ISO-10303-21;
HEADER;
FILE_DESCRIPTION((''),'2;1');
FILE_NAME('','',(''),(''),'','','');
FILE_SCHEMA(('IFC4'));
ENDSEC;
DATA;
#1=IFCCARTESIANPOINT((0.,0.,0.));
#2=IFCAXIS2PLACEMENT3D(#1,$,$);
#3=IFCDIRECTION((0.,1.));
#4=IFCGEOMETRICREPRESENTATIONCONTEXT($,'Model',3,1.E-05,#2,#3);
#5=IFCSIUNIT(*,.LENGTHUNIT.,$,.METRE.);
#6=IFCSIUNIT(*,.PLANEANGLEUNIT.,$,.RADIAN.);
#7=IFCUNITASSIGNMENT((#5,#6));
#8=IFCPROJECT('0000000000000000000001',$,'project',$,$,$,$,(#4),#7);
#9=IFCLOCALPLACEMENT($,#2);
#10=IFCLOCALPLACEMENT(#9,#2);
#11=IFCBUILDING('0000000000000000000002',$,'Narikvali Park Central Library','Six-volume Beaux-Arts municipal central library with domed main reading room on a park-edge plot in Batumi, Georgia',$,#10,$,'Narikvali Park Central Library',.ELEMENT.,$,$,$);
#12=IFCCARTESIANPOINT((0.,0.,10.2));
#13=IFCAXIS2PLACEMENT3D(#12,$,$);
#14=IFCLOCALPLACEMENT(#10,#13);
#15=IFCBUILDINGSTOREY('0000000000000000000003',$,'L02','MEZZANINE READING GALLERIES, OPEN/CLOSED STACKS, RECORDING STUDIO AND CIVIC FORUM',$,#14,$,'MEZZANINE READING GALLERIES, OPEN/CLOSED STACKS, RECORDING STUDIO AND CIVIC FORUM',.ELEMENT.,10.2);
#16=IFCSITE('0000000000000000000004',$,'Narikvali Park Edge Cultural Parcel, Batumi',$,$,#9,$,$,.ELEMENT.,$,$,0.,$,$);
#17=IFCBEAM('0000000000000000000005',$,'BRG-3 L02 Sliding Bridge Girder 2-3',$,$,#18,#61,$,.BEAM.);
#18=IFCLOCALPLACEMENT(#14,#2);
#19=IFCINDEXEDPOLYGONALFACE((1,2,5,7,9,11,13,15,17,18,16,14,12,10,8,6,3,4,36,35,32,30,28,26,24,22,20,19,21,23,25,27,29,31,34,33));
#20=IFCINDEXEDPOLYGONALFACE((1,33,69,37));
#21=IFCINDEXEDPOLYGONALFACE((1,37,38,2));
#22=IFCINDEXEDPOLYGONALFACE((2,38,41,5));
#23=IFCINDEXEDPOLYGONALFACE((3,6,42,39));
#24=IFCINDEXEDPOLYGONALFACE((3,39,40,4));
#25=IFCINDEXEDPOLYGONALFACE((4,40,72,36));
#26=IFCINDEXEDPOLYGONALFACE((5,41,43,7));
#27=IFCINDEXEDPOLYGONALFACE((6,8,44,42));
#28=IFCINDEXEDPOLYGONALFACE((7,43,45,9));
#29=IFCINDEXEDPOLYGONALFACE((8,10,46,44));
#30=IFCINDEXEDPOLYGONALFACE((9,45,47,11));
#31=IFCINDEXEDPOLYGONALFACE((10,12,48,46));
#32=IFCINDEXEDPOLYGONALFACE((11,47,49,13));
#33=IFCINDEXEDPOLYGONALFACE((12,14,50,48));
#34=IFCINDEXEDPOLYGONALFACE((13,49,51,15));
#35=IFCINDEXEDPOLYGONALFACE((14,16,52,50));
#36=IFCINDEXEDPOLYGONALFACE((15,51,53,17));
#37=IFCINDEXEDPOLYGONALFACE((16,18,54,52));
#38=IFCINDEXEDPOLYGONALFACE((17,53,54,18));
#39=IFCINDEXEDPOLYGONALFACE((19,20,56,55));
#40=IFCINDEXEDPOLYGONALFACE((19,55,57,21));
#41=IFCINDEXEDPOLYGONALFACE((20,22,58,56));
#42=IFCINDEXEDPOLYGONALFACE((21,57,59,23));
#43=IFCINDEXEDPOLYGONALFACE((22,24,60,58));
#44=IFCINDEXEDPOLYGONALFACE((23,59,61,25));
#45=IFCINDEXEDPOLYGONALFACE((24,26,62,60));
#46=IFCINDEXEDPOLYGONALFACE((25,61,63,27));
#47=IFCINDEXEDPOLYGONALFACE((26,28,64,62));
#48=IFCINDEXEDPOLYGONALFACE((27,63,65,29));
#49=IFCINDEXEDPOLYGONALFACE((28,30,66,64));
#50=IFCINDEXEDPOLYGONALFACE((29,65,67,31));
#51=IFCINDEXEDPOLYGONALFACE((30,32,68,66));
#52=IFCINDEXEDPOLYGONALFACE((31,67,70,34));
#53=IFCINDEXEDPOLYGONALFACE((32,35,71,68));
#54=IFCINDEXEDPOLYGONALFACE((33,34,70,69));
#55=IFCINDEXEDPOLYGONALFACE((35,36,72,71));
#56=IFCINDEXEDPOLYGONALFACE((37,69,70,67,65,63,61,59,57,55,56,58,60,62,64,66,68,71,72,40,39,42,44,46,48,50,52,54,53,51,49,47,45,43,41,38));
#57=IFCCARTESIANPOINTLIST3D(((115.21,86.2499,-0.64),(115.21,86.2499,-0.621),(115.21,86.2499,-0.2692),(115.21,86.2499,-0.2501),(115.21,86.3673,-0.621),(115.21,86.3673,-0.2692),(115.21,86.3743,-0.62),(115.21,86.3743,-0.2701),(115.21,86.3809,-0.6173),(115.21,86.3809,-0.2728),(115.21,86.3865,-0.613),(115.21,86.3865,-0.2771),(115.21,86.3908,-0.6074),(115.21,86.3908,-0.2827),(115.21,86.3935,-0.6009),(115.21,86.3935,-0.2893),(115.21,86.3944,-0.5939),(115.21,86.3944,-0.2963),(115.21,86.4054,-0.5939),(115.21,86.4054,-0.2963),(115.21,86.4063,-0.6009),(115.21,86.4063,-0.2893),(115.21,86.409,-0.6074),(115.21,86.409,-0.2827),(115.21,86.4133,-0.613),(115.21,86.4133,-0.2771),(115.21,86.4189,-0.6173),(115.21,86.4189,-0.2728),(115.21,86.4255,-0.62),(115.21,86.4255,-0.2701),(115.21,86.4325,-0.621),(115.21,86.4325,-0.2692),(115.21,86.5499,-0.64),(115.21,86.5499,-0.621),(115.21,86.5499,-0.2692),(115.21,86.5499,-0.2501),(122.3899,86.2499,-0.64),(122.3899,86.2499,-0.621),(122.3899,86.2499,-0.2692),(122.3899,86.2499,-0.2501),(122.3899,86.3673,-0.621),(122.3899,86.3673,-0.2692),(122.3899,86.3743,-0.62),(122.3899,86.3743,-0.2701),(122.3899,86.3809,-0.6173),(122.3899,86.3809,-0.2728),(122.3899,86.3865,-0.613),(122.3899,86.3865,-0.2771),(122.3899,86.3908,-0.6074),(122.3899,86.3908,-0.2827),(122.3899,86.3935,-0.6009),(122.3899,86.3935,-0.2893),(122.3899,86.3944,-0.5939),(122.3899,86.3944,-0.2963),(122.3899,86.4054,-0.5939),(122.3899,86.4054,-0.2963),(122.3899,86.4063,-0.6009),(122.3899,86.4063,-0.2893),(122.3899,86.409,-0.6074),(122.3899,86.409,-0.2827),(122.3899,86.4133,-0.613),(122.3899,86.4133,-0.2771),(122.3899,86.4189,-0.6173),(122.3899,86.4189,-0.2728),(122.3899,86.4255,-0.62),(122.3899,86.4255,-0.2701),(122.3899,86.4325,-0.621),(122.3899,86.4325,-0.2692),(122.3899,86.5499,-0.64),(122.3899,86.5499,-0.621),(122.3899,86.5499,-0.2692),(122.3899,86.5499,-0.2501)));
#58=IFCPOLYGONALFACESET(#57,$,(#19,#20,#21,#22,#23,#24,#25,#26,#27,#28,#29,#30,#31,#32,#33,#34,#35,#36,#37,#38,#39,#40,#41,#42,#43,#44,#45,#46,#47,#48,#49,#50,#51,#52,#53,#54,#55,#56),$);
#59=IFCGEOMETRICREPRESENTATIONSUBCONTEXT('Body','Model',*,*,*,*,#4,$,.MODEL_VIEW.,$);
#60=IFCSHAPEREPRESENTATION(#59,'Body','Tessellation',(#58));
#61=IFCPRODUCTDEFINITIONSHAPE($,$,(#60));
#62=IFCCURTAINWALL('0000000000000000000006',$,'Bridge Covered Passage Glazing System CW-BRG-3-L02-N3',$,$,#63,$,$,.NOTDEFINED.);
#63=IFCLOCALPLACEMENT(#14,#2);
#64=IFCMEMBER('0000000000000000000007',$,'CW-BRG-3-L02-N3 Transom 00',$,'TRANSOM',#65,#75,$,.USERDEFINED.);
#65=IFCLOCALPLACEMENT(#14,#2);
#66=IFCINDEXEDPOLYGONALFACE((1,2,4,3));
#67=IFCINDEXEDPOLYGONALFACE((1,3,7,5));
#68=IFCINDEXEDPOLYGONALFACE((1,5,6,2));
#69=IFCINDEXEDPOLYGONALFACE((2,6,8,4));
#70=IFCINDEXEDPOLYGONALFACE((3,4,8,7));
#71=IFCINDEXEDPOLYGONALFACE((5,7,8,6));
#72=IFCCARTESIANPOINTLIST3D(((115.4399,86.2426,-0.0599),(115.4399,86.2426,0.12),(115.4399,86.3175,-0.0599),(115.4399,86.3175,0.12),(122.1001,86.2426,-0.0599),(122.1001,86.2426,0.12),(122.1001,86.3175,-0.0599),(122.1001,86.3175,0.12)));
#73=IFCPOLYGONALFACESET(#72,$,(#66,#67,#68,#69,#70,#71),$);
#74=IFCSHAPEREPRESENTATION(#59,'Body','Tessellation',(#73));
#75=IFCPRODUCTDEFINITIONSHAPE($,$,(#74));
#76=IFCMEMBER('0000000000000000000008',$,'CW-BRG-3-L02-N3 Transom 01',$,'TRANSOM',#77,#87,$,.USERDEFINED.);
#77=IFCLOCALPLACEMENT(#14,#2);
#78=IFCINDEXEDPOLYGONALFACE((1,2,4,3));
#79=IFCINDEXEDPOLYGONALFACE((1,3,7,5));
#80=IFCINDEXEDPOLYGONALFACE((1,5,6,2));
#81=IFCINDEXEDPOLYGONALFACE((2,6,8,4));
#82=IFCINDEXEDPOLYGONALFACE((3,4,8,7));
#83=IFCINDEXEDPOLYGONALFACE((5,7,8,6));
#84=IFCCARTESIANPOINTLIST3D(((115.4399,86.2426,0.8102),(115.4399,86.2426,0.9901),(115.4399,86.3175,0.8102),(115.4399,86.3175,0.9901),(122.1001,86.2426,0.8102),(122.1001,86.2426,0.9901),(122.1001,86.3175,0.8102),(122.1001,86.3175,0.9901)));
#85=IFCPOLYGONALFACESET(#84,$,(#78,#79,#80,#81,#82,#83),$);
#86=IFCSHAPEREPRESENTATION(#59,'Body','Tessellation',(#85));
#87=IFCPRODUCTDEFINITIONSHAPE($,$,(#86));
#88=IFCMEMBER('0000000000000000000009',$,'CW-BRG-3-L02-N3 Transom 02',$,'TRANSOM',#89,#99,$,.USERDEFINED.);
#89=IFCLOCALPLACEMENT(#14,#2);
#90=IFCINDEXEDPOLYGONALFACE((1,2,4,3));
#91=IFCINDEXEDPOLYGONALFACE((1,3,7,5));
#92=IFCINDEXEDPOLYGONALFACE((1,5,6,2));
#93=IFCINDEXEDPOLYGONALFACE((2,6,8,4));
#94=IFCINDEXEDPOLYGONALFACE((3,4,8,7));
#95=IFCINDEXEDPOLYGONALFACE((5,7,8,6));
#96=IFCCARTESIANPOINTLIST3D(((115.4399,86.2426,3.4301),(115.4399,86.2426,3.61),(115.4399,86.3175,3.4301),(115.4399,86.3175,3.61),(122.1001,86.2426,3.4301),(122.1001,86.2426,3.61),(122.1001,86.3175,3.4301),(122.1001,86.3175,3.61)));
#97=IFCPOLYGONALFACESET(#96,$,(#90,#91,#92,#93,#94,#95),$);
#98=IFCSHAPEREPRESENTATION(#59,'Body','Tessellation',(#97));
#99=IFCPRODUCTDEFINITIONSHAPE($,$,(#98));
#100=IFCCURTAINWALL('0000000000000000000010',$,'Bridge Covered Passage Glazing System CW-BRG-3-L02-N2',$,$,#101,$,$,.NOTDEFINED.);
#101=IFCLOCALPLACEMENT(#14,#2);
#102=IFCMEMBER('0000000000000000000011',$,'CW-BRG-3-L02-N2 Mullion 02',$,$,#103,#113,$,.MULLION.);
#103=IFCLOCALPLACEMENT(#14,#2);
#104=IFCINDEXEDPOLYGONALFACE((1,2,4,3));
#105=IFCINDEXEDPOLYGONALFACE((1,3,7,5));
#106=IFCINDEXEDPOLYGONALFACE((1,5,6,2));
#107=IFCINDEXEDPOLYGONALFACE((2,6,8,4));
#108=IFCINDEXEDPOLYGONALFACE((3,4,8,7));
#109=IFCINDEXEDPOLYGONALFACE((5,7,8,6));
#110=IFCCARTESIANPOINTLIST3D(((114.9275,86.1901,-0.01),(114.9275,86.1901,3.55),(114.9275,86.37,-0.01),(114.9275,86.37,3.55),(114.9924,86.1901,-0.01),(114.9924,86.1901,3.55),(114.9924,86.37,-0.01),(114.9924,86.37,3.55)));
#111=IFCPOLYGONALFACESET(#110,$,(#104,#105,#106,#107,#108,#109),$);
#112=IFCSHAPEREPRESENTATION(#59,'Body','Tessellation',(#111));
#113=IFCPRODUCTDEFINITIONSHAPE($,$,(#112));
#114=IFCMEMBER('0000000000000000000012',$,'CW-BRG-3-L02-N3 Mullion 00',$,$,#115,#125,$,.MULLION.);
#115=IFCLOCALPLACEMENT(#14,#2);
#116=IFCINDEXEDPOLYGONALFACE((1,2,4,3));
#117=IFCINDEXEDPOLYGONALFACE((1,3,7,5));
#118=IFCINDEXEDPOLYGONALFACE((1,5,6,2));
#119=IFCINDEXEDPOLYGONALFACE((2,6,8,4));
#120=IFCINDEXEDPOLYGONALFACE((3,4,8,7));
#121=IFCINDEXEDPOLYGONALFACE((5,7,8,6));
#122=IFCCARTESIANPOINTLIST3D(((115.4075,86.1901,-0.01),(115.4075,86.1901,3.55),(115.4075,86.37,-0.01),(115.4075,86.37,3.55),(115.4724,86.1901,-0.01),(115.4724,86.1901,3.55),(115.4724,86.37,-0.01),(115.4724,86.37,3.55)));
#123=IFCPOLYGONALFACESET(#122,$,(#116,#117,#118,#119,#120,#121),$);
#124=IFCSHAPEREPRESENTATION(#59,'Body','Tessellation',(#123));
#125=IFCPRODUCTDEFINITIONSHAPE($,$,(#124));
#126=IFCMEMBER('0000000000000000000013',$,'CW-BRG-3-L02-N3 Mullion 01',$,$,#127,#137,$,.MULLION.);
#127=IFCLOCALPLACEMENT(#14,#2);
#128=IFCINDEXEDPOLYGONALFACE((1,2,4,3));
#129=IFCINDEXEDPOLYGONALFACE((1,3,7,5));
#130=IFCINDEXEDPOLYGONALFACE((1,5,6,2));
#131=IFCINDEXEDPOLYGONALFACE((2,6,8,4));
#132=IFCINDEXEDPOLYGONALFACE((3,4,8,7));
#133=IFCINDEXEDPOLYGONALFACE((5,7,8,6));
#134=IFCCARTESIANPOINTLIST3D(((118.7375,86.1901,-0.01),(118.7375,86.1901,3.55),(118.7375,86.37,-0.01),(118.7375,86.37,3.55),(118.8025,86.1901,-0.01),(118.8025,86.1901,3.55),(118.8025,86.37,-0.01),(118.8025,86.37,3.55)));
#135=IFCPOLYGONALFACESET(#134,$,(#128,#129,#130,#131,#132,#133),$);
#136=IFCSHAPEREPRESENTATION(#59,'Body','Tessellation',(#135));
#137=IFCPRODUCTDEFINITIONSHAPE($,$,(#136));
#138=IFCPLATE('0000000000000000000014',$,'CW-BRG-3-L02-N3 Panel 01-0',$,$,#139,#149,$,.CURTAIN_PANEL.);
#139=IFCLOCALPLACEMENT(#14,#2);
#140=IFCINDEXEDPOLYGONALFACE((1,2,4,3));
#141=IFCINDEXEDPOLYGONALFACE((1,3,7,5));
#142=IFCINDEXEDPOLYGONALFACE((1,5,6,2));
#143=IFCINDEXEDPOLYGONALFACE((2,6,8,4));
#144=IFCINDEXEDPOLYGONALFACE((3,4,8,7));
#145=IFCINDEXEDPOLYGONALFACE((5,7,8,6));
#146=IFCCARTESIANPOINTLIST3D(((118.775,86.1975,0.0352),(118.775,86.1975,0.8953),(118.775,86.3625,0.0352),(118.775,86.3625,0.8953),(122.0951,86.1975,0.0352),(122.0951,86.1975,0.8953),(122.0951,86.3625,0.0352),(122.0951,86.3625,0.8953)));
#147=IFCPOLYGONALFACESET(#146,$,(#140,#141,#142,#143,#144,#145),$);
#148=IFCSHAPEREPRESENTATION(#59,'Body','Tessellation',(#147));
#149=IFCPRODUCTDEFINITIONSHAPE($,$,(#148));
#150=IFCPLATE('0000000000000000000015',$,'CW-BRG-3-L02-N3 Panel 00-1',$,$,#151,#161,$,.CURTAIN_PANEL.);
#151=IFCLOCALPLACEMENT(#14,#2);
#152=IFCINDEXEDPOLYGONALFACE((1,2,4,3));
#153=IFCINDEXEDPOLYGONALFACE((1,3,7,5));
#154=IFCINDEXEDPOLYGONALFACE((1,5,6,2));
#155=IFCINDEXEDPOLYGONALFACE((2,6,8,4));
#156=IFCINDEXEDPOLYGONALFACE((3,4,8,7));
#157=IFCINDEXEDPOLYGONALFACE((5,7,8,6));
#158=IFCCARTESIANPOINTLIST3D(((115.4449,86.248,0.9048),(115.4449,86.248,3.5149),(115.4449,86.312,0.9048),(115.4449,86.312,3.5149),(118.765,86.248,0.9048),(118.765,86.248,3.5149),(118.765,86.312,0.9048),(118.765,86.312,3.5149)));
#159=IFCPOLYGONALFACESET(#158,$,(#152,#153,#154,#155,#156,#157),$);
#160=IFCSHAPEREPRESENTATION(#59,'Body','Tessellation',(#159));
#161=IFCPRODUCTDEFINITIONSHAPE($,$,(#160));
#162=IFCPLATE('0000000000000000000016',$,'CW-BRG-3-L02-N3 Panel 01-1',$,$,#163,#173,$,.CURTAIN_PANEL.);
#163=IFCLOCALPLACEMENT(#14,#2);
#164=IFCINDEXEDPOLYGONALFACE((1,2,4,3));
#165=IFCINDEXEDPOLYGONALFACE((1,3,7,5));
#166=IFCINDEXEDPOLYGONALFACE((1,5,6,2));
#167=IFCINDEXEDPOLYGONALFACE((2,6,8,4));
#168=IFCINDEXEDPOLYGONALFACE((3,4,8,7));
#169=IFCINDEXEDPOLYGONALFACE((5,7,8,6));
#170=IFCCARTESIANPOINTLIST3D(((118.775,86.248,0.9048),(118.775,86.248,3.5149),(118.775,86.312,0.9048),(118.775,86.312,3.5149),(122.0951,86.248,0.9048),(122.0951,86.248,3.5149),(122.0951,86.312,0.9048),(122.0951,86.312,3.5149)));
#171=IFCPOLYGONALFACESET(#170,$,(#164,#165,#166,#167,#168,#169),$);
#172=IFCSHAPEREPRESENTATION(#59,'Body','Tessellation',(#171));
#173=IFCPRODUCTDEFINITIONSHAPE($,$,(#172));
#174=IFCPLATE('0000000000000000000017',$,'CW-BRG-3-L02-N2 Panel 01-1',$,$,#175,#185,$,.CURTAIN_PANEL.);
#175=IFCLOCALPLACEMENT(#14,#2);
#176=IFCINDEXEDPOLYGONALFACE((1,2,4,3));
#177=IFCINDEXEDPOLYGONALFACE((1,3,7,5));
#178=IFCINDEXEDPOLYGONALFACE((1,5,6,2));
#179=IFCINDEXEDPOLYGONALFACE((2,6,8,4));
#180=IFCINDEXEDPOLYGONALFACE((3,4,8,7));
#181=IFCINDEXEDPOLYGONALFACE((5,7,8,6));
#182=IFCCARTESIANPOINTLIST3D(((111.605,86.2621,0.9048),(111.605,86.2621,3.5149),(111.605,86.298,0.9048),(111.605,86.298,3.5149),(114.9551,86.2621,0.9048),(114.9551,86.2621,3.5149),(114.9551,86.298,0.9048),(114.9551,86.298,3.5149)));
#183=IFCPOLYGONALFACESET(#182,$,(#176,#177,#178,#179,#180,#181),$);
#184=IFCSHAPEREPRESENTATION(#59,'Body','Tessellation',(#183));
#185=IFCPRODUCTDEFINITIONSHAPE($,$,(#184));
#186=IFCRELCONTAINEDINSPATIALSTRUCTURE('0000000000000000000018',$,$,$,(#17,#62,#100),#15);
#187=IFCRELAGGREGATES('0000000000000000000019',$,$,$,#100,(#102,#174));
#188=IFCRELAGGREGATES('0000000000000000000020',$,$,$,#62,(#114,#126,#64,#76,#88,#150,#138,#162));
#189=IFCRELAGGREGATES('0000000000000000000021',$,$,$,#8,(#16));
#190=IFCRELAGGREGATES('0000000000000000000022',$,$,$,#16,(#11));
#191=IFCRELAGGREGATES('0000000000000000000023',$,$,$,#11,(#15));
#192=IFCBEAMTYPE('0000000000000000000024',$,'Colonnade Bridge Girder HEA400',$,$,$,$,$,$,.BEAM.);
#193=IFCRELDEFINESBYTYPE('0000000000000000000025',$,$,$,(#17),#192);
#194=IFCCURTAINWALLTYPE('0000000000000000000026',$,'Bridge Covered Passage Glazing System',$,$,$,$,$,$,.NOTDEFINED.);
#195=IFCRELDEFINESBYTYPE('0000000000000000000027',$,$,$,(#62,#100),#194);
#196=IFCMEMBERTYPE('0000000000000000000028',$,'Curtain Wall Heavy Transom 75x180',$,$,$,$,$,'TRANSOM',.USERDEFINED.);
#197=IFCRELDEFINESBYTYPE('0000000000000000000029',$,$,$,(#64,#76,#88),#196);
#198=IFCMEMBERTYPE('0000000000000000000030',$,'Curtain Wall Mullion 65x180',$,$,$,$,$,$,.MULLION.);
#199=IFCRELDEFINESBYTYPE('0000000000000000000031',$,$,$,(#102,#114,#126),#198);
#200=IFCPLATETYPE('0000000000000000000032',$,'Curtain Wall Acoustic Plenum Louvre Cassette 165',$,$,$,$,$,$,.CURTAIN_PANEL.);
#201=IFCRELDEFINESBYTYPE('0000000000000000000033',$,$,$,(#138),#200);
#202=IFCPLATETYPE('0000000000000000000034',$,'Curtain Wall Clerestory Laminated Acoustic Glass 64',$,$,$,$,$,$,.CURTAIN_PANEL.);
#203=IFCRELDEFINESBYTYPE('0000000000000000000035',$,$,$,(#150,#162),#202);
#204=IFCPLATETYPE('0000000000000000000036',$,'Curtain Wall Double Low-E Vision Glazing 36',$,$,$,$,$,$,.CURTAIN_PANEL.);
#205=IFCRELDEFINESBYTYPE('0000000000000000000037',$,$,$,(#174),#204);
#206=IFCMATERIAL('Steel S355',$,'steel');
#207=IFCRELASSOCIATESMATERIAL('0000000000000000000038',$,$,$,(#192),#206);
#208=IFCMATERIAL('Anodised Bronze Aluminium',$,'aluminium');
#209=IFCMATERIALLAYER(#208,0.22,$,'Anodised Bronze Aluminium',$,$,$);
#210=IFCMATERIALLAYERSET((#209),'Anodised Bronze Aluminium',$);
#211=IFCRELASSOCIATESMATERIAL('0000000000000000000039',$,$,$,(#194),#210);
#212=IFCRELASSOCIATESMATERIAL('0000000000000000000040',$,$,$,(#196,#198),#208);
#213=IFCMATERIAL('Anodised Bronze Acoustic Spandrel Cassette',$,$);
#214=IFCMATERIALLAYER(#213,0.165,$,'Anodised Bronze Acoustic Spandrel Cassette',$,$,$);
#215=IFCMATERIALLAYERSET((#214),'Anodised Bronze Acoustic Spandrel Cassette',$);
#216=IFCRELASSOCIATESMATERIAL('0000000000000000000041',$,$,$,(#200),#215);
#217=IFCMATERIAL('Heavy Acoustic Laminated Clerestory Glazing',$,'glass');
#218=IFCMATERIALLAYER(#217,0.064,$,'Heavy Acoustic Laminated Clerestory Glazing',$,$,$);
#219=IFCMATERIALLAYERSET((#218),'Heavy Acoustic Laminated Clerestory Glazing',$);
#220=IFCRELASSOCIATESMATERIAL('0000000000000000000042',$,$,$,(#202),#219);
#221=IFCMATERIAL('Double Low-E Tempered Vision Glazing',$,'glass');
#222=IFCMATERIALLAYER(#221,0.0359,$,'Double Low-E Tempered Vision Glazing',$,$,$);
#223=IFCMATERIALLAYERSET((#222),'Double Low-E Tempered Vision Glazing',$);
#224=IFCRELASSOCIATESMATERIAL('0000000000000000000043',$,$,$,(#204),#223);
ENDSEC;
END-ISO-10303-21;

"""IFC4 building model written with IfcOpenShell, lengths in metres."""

from ifc_helpers import new_model, si_unit, direction, frame, origin, origin_2d, place, context, subcontext, project, spatial, rectangle, i_section, extrude, material, layer, layer_set, material_profile, profile_set, type_object, element, aggregate, save


model = new_model("IFC4")

# Units and contexts
model_context = context("Model", 3, precision=1e-05, world=origin(), true_north=direction((0.0, 1.0)))
body_context = subcontext(model_context, "Body", "Model", "MODEL_VIEW")
ifc_project = project(units=[si_unit("LENGTHUNIT", "METRE"), si_unit("PLANEANGLEUNIT", "RADIAN")], contexts=[model_context])

# Site, building, storey
site_placement = place(None, origin())
site = spatial("IfcSite", under=ifc_project, at=site_placement, Name="Narikvali Park Edge Cultural Parcel, Batumi", CompositionType="ELEMENT", RefElevation=0.0)
building_placement = place(site_placement, origin())
building = spatial("IfcBuilding", under=site, at=building_placement, Name="Narikvali Park Central Library", Description="Six-volume Beaux-Arts municipal central library with domed main reading room on a park-edge plot in Batumi, Georgia", LongName="Narikvali Park Central Library", CompositionType="ELEMENT")
storey_placement = place(building_placement, frame((0.0, 0.0, 10.2)))
storey = spatial("IfcBuildingStorey", under=building, at=storey_placement, Name="L02", Description="MEZZANINE READING GALLERIES, OPEN/CLOSED STACKS, RECORDING STUDIO AND CIVIC FORUM", LongName="MEZZANINE READING GALLERIES, OPEN/CLOSED STACKS, RECORDING STUDIO AND CIVIC FORUM", CompositionType="ELEMENT", Elevation=10.2)

# Shared definitions
ifc_material_1 = material(Name="Steel S355", Category="steel")

# Beam
ifc_material_profile_1 = material_profile(ifc_material_1, i_section(OverallWidth=0.3, OverallDepth=0.3899, WebThickness=0.011, FlangeThickness=0.019, FilletRadius=0.0271, at=origin_2d()), Name="HEA 400")
ifc_profile_set_1 = profile_set([ifc_material_profile_1], Name="Steel S355")
beam_type = type_object("IfcBeamType", Name="Colonnade Bridge Girder HEA400", PredefinedType="BEAM", material=ifc_profile_set_1)
for number, where, z_axis, x_axis, name in (
    (1, (115.21, 86.3999, -0.4451), (1.0, 0.0, 0.0), (0.0, 1.0, 0.0), "BRG-3 L02 Sliding Bridge Girder 2-3"),
):
    element("IfcBeam", number, at=place(storey_placement, frame(where, z_axis=z_axis, x_axis=x_axis)), inside=storey, type_object=beam_type, Name=name, PredefinedType="BEAM", context=body_context, shape_type="SweptSolid", body=[
        extrude(i_section(OverallWidth=0.3, OverallDepth=0.3899, WebThickness=0.011, FlangeThickness=0.019, FilletRadius=0.0271, at=origin_2d()), origin(), (0.0, 0.0, 1.0), 7.1799),
    ])

# Curtain wall, members
ifc_material_2 = material(Name="Anodised Bronze Aluminium", Category="aluminium")
ifc_layer_1 = layer(ifc_material_2, 0.22, Name="Anodised Bronze Aluminium")
ifc_layer_set_1 = layer_set([ifc_layer_1], Name="Anodised Bronze Aluminium")
curtain_wall_type = type_object("IfcCurtainWallType", Name="Bridge Covered Passage Glazing System", PredefinedType="NOTDEFINED", material=ifc_layer_set_1)
curtain_wall_1_placement = place(storey_placement, origin())
curtain_wall_1 = element("IfcCurtainWall", 2, at=curtain_wall_1_placement, inside=storey, type_object=curtain_wall_type, Name="Bridge Covered Passage Glazing System CW-BRG-3-L02-N3", PredefinedType="NOTDEFINED")
ifc_material_profile_2 = material_profile(ifc_material_2, rectangle(XDim=0.075, YDim=0.1799, at=origin_2d()), Name="CW TRANSOM 75x180")
ifc_profile_set_2 = profile_set([ifc_material_profile_2], Name="Anodised Bronze Aluminium")
member_type_1 = type_object("IfcMemberType", Name="Curtain Wall Heavy Transom 75x180", ElementType="TRANSOM", PredefinedType="USERDEFINED", material=ifc_profile_set_2)
member_1_placement = place(storey_placement, frame((115.4399, 86.28, 0.03), z_axis=(1.0, 0.0, 0.0), x_axis=(0.0, 1.0, 0.0)))
member_1 = element("IfcMember", 3, at=member_1_placement, type_object=member_type_1, Name="CW-BRG-3-L02-N3 Transom 00", ObjectType="TRANSOM", PredefinedType="USERDEFINED", context=body_context, shape_type="SweptSolid", body=[
    extrude(rectangle(XDim=0.075, YDim=0.1799, at=origin_2d()), origin(), (0.0, 0.0, 1.0), 6.6602),
])
member_2_placement = place(storey_placement, frame((115.4399, 86.28, 0.9001), z_axis=(1.0, 0.0, 0.0), x_axis=(0.0, 1.0, 0.0)))
member_2 = element("IfcMember", 4, at=member_2_placement, type_object=member_type_1, Name="CW-BRG-3-L02-N3 Transom 01", ObjectType="TRANSOM", PredefinedType="USERDEFINED", context=body_context, shape_type="SweptSolid", body=[
    extrude(rectangle(XDim=0.075, YDim=0.1799, at=origin_2d()), origin(), (0.0, 0.0, 1.0), 6.6602),
])
member_3_placement = place(storey_placement, frame((115.4399, 86.28, 3.52), z_axis=(1.0, 0.0, 0.0), x_axis=(0.0, 1.0, 0.0)))
member_3 = element("IfcMember", 5, at=member_3_placement, type_object=member_type_1, Name="CW-BRG-3-L02-N3 Transom 02", ObjectType="TRANSOM", PredefinedType="USERDEFINED", context=body_context, shape_type="SweptSolid", body=[
    extrude(rectangle(XDim=0.075, YDim=0.1799, at=origin_2d()), origin(), (0.0, 0.0, 1.0), 6.6602),
])

# Curtain wall, member
curtain_wall_2_placement = place(storey_placement, origin())
curtain_wall_2 = element("IfcCurtainWall", 6, at=curtain_wall_2_placement, inside=storey, type_object=curtain_wall_type, Name="Bridge Covered Passage Glazing System CW-BRG-3-L02-N2", PredefinedType="NOTDEFINED")
ifc_material_profile_3 = material_profile(ifc_material_2, rectangle(XDim=0.0649, YDim=0.1799, at=origin_2d()), Name="CW MULLION 65x180")
ifc_profile_set_3 = profile_set([ifc_material_profile_3], Name="Anodised Bronze Aluminium")
member_type_2 = type_object("IfcMemberType", Name="Curtain Wall Mullion 65x180", PredefinedType="MULLION", material=ifc_profile_set_3)
member_4_placement = place(storey_placement, frame((114.96, 86.28, -0.01), z_axis=(0.0, 0.0, 1.0), x_axis=(1.0, 0.0, 0.0)))
member_4 = element("IfcMember", 7, at=member_4_placement, type_object=member_type_2, Name="CW-BRG-3-L02-N2 Mullion 02", PredefinedType="MULLION", context=body_context, shape_type="SweptSolid", body=[
    extrude(rectangle(XDim=0.0649, YDim=0.1799, at=origin_2d()), origin(), (0.0, 0.0, 1.0), 3.5601),
])

# Members
member_5_placement = place(storey_placement, frame((115.4399, 86.28, -0.01), z_axis=(0.0, 0.0, 1.0), x_axis=(1.0, 0.0, 0.0)))
member_5 = element("IfcMember", 8, at=member_5_placement, type_object=member_type_2, Name="CW-BRG-3-L02-N3 Mullion 00", PredefinedType="MULLION", context=body_context, shape_type="SweptSolid", body=[
    extrude(rectangle(XDim=0.0649, YDim=0.1799, at=origin_2d()), origin(), (0.0, 0.0, 1.0), 3.5601),
])
member_6_placement = place(storey_placement, frame((118.77, 86.28, -0.01), z_axis=(0.0, 0.0, 1.0), x_axis=(1.0, 0.0, 0.0)))
member_6 = element("IfcMember", 9, at=member_6_placement, type_object=member_type_2, Name="CW-BRG-3-L02-N3 Mullion 01", PredefinedType="MULLION", context=body_context, shape_type="SweptSolid", body=[
    extrude(rectangle(XDim=0.0649, YDim=0.1799, at=origin_2d()), origin(), (0.0, 0.0, 1.0), 3.5601),
])

# Plates
ifc_material_3 = material(Name="Anodised Bronze Acoustic Spandrel Cassette")
ifc_layer_2 = layer(ifc_material_3, 0.165, Name="Anodised Bronze Acoustic Spandrel Cassette")
ifc_layer_set_2 = layer_set([ifc_layer_2], Name="Anodised Bronze Acoustic Spandrel Cassette")
plate_type_1 = type_object("IfcPlateType", Name="Curtain Wall Acoustic Plenum Louvre Cassette 165", PredefinedType="CURTAIN_PANEL", material=ifc_layer_set_2)
plate_1_placement = place(storey_placement, frame((120.4351, 86.28, 0.0352), z_axis=(0.0, 0.0, 1.0), x_axis=(1.0, 0.0, 0.0)))
plate_1 = element("IfcPlate", 10, at=plate_1_placement, type_object=plate_type_1, Name="CW-BRG-3-L02-N3 Panel 01-0", PredefinedType="CURTAIN_PANEL", context=body_context, shape_type="SweptSolid", body=[
    extrude(rectangle(XDim=3.3201, YDim=0.165, at=origin_2d()), origin(), (0.0, 0.0, 1.0), 0.8601),
])
ifc_material_4 = material(Name="Heavy Acoustic Laminated Clerestory Glazing", Category="glass")
ifc_layer_3 = layer(ifc_material_4, 0.064, Name="Heavy Acoustic Laminated Clerestory Glazing")
ifc_layer_set_3 = layer_set([ifc_layer_3], Name="Heavy Acoustic Laminated Clerestory Glazing")
plate_type_2 = type_object("IfcPlateType", Name="Curtain Wall Clerestory Laminated Acoustic Glass 64", PredefinedType="CURTAIN_PANEL", material=ifc_layer_set_3)
plate_2_placement = place(storey_placement, frame((117.105, 86.28, 0.9048), z_axis=(0.0, 0.0, 1.0), x_axis=(1.0, 0.0, 0.0)))
plate_2 = element("IfcPlate", 11, at=plate_2_placement, type_object=plate_type_2, Name="CW-BRG-3-L02-N3 Panel 00-1", PredefinedType="CURTAIN_PANEL", context=body_context, shape_type="SweptSolid", body=[
    extrude(rectangle(XDim=3.3201, YDim=0.064, at=origin_2d()), origin(), (0.0, 0.0, 1.0), 2.6101),
])
plate_3_placement = place(storey_placement, frame((120.4351, 86.28, 0.9048), z_axis=(0.0, 0.0, 1.0), x_axis=(1.0, 0.0, 0.0)))
plate_3 = element("IfcPlate", 12, at=plate_3_placement, type_object=plate_type_2, Name="CW-BRG-3-L02-N3 Panel 01-1", PredefinedType="CURTAIN_PANEL", context=body_context, shape_type="SweptSolid", body=[
    extrude(rectangle(XDim=3.3201, YDim=0.064, at=origin_2d()), origin(), (0.0, 0.0, 1.0), 2.6101),
])
ifc_material_5 = material(Name="Double Low-E Tempered Vision Glazing", Category="glass")
ifc_layer_4 = layer(ifc_material_5, 0.0359, Name="Double Low-E Tempered Vision Glazing")
ifc_layer_set_4 = layer_set([ifc_layer_4], Name="Double Low-E Tempered Vision Glazing")
plate_type_3 = type_object("IfcPlateType", Name="Curtain Wall Double Low-E Vision Glazing 36", PredefinedType="CURTAIN_PANEL", material=ifc_layer_set_4)
plate_4_placement = place(storey_placement, frame((113.28, 86.28, 0.9048), z_axis=(0.0, 0.0, 1.0), x_axis=(1.0, 0.0, 0.0)))
plate_4 = element("IfcPlate", 13, at=plate_4_placement, type_object=plate_type_3, Name="CW-BRG-3-L02-N2 Panel 01-1", PredefinedType="CURTAIN_PANEL", context=body_context, shape_type="SweptSolid", body=[
    extrude(rectangle(XDim=3.3501, YDim=0.0359, at=origin_2d()), origin(), (0.0, 0.0, 1.0), 2.6101),
])
aggregate(curtain_wall_2, [member_4, plate_4])
aggregate(curtain_wall_1, [member_5, member_6, member_1, member_2, member_3, plate_2, plate_1, plate_3])

save(model, "model.ifc")
